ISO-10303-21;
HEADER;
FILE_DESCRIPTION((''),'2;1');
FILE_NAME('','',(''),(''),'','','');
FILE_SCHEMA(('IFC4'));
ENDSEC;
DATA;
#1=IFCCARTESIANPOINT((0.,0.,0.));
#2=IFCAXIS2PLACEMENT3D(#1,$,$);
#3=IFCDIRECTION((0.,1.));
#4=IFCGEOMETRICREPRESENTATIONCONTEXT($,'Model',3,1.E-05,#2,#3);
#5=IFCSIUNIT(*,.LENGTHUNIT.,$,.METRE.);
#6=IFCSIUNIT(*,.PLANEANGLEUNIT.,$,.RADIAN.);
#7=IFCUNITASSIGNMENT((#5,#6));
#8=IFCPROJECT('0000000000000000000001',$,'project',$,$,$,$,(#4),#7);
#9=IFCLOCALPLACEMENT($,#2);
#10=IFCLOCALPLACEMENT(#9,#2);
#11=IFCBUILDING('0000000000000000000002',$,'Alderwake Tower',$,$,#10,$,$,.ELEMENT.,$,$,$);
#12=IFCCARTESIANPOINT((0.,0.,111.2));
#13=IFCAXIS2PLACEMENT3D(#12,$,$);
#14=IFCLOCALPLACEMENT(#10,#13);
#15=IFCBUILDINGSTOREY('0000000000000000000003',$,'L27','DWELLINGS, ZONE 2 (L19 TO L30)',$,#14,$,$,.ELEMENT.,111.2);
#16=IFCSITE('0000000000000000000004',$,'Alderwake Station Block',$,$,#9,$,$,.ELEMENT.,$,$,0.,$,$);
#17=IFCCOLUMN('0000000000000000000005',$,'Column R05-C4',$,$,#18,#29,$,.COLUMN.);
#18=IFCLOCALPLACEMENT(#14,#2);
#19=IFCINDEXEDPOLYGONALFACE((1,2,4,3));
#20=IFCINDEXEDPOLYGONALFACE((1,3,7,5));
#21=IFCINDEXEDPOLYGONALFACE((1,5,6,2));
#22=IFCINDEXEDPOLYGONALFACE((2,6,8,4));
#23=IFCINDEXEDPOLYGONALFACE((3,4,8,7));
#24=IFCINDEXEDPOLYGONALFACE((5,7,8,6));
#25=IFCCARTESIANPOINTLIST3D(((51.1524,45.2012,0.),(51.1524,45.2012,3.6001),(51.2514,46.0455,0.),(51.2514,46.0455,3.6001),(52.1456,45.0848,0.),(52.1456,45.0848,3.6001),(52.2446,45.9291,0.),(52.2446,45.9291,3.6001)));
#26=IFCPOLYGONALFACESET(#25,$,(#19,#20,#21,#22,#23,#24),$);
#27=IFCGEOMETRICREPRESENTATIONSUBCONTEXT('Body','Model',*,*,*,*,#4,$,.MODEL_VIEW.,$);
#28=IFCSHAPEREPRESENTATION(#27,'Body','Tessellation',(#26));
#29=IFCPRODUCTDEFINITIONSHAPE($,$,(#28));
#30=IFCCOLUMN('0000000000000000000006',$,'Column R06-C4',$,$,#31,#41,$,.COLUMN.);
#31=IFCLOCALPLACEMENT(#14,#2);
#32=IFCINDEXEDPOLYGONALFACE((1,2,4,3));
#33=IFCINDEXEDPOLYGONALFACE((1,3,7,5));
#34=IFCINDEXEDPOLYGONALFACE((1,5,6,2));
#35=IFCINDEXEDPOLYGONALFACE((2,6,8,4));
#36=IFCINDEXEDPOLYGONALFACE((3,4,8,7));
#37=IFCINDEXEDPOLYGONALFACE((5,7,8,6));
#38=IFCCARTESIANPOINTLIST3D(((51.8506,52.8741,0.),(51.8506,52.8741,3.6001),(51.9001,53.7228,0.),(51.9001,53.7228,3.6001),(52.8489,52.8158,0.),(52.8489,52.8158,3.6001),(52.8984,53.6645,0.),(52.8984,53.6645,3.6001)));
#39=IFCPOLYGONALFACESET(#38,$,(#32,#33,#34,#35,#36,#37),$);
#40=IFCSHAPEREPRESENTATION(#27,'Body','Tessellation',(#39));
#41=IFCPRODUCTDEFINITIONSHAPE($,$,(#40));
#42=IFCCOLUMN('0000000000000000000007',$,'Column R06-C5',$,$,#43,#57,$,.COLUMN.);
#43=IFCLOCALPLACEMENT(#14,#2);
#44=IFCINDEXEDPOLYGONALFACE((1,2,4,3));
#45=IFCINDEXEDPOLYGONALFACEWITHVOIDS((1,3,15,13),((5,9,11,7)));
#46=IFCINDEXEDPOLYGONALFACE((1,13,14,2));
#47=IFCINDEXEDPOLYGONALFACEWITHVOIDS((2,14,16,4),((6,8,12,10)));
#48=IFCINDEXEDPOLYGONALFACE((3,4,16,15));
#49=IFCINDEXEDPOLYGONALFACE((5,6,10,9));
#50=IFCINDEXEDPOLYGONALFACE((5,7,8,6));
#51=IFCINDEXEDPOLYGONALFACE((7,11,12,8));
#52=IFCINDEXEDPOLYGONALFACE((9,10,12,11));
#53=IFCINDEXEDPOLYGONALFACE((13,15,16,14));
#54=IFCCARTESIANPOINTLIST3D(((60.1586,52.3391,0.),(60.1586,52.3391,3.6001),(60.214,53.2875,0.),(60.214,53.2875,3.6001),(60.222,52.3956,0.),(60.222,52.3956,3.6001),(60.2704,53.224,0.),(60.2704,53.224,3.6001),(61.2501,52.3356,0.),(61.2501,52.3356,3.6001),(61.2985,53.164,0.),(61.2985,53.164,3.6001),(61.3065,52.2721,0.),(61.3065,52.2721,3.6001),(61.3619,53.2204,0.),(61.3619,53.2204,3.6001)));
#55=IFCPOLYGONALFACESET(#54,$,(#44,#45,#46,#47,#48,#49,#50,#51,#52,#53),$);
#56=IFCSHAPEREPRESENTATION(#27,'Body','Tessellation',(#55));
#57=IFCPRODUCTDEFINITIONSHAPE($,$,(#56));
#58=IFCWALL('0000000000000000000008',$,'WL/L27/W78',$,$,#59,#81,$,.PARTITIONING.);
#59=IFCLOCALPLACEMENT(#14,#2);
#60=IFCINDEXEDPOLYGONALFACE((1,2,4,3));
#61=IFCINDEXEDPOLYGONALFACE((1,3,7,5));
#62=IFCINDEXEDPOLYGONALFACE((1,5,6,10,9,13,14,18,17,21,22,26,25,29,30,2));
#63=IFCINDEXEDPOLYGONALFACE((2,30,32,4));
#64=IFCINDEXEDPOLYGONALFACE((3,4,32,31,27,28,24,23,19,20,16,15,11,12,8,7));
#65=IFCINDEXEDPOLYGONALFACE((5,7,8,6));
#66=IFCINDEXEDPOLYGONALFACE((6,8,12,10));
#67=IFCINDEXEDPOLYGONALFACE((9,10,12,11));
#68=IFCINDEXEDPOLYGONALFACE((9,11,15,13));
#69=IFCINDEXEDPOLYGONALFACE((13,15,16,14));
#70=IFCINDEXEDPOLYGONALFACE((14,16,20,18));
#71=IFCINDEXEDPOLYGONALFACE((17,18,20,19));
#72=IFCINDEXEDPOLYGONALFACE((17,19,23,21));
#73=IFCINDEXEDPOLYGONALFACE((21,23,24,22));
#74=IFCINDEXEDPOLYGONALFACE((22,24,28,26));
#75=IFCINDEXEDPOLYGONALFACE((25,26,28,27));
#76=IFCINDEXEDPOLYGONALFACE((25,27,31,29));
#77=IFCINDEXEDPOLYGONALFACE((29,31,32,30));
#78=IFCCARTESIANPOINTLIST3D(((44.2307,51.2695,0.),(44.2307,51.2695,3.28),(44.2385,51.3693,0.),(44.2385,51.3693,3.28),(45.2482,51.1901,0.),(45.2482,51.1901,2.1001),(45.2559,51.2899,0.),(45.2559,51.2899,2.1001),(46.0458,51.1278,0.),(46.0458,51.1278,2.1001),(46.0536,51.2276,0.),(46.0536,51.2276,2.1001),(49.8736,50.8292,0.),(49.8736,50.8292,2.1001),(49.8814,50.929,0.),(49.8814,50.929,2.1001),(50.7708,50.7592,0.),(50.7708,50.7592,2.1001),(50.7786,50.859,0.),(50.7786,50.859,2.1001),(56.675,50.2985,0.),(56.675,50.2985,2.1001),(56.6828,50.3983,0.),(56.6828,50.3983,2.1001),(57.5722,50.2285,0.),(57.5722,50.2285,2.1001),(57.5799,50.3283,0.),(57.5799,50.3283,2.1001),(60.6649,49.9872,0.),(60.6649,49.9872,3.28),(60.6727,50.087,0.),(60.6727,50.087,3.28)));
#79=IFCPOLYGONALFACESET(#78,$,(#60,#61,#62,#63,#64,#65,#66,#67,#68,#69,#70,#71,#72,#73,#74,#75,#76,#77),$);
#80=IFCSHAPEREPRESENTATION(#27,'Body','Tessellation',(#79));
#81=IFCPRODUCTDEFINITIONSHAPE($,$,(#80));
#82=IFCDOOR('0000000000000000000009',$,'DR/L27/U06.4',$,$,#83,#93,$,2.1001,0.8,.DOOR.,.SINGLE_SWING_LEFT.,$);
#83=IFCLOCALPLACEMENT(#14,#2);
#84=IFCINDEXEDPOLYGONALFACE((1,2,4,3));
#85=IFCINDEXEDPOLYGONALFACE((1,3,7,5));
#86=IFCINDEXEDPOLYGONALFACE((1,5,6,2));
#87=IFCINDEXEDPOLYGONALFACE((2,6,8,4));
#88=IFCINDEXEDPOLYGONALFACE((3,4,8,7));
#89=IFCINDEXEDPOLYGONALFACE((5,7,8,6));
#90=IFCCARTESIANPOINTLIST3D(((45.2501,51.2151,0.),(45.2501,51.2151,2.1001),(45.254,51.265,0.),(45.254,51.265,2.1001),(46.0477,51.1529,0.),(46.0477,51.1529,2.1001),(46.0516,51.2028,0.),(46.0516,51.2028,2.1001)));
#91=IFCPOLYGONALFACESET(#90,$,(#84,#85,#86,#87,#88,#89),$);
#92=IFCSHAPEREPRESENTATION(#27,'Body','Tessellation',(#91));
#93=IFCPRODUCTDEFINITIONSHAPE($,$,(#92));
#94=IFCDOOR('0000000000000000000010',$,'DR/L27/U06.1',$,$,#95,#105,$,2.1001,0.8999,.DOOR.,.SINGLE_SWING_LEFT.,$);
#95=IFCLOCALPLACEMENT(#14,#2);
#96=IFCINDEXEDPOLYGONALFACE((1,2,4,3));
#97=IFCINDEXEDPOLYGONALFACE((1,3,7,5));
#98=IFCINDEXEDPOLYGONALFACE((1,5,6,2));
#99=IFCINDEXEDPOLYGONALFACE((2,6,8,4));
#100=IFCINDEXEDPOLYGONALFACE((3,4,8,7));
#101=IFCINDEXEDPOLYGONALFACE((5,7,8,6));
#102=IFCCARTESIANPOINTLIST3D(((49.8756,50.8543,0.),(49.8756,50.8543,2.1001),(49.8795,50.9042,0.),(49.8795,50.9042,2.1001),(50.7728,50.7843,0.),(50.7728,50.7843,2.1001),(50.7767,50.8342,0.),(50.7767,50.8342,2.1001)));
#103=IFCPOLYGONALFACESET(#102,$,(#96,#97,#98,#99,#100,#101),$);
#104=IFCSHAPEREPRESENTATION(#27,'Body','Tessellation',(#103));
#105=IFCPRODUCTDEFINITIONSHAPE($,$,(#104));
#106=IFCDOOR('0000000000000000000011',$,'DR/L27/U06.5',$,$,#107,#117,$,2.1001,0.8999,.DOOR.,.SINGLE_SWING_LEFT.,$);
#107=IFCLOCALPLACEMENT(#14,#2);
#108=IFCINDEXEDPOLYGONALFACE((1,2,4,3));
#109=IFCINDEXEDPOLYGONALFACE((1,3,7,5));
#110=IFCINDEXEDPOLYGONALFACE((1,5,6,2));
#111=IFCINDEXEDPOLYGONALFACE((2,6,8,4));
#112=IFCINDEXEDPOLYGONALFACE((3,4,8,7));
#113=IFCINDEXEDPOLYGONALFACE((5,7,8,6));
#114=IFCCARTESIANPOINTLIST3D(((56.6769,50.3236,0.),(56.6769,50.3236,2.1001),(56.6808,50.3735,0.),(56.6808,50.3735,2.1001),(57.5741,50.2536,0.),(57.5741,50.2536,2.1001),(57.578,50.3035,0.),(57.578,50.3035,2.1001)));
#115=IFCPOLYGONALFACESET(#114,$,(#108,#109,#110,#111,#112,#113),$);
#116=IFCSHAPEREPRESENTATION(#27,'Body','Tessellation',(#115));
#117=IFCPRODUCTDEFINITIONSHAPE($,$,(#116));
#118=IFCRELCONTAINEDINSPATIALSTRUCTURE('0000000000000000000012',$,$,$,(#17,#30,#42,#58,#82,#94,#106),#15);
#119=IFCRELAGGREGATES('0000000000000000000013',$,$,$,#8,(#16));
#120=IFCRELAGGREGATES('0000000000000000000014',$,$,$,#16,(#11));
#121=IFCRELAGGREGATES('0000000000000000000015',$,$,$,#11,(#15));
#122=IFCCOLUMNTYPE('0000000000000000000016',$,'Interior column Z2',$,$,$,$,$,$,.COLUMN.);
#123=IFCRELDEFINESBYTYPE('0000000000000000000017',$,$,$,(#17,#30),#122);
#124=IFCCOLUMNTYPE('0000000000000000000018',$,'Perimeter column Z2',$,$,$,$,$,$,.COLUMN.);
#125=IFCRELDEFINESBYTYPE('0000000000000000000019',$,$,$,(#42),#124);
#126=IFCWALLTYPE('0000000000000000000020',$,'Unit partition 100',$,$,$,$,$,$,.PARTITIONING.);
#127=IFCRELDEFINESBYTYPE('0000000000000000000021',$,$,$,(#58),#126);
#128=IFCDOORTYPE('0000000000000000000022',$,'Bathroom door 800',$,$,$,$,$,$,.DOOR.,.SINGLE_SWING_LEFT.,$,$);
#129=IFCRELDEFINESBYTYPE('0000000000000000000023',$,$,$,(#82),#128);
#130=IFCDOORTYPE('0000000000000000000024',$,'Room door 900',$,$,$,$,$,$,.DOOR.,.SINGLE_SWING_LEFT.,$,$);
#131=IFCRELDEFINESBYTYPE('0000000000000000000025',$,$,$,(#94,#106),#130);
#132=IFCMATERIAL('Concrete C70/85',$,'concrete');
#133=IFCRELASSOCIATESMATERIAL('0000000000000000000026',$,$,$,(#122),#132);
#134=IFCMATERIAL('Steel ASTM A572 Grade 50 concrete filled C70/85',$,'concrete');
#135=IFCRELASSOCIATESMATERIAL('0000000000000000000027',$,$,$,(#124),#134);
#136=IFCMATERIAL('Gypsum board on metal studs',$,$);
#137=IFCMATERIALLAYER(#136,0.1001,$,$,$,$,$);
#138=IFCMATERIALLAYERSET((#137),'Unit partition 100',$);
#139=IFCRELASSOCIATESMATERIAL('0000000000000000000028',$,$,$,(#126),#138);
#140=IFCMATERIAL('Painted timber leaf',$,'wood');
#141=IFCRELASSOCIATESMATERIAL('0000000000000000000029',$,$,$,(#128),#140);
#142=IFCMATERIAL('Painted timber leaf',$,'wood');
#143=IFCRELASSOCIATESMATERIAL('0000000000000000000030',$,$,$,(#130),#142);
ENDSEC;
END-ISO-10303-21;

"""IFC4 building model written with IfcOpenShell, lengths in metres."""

from ifc_helpers import new_model, si_unit, direction, frame, frame_2d, origin, origin_2d, place, context, subcontext, project, spatial, rectangle, hollow_rectangle, extrude, material, layer, layer_set, material_profile, profile_set, type_object, element, fill, save


model = new_model("IFC4")

# Units and contexts
model_context = context("Model", 3, precision=1e-05, world=origin(), true_north=direction((0.0, 1.0)))
body_context = subcontext(model_context, "Body", "Model", "MODEL_VIEW")
ifc_project = project(units=[si_unit("LENGTHUNIT", "METRE"), si_unit("PLANEANGLEUNIT", "RADIAN")], contexts=[model_context])

# Site, building, storey
site_placement = place(None, origin())
site = spatial("IfcSite", under=ifc_project, at=site_placement, Name="Alderwake Station Block", CompositionType="ELEMENT", RefElevation=0.0)
building_placement = place(site_placement, origin())
building = spatial("IfcBuilding", under=site, at=building_placement, Name="Alderwake Tower", CompositionType="ELEMENT")
storey_placement = place(building_placement, frame((0.0, 0.0, 111.2)))
storey = spatial("IfcBuildingStorey", under=building, at=storey_placement, Name="L27", Description="DWELLINGS, ZONE 2 (L19 TO L30)", CompositionType="ELEMENT", Elevation=111.2)

# Columns
ifc_material_1 = material(Name="Concrete C70/85", Category="concrete")
ifc_material_profile_1 = material_profile(ifc_material_1, rectangle(XDim=0.8501, YDim=1.0, at=origin_2d()), Name="RC 1000X850")
ifc_profile_set_1 = profile_set([ifc_material_profile_1], Name="Concrete C70/85")
column_type_1 = type_object("IfcColumnType", Name="Interior column Z2", PredefinedType="COLUMN", material=ifc_profile_set_1)
for number, where, z_axis, x_axis, name in (
    (1, (51.6985, 45.5652, 0.0), (0.0, 0.0, 1.0), (0.116402, 0.993202, 0.0), "Column R05-C4"),
    (2, (52.3745, 53.2693, 0.0), (0.0, 0.0, 1.0), (0.058299, 0.998299, 0.0), "Column R06-C4"),
):
    element("IfcColumn", number, at=place(storey_placement, frame(where, z_axis=z_axis, x_axis=x_axis)), inside=storey, type_object=column_type_1, Name=name, PredefinedType="COLUMN", context=body_context, shape_type="SweptSolid", body=[
        extrude(rectangle(XDim=0.8501, YDim=1.0, at=origin_2d()), origin(), (0.0, 0.0, 1.0), 3.6001),
    ])
ifc_material_2 = material(Name="Steel ASTM A572 Grade 50 concrete filled C70/85", Category="concrete")
ifc_material_profile_2 = material_profile(ifc_material_2, hollow_rectangle(XDim=0.95, YDim=1.1499, WallThickness=0.0601, at=origin_2d()), Name="BOX 1150X950X60")
ifc_profile_set_2 = profile_set([ifc_material_profile_2], Name="Steel ASTM A572 Grade 50 concrete filled C70/85")
column_type_2 = type_object("IfcColumnType", Name="Perimeter column Z2", PredefinedType="COLUMN", material=ifc_profile_set_2)
column_placement = place(storey_placement, frame((60.7603, 52.7798, 0.0), z_axis=(0.0, 0.0, 1.0), x_axis=(0.058299, 0.998299, 0.0)))
element("IfcColumn", 3, at=column_placement, inside=storey, type_object=column_type_2, Name="Column R06-C5", PredefinedType="COLUMN", context=body_context, shape_type="SweptSolid", body=[
    extrude(hollow_rectangle(XDim=0.95, YDim=1.1499, WallThickness=0.0601, at=origin_2d()), origin(), (0.0, 0.0, 1.0), 3.6001),
])

# Wall, openings, doors
ifc_material_3 = material(Name="Gypsum board on metal studs")
ifc_layer_1 = layer(ifc_material_3, 0.1001)
ifc_layer_set_1 = layer_set([ifc_layer_1], Name="Unit partition 100")
wall_type_1 = type_object("IfcWallType", Name="Unit partition 100", PredefinedType="PARTITIONING", material=ifc_layer_set_1)
wall_1_placement = place(storey_placement, frame((60.6689, 50.0371, 0.0), z_axis=(0.0, 0.0, 1.0), x_axis=(-0.99697, 0.077786, 0.0)))
wall_1 = element("IfcWall", 4, at=wall_1_placement, inside=storey, type_object=wall_type_1, Name="WL/L27/W78", PredefinedType="PARTITIONING", context=body_context, shape_type="SweptSolid", body=[
    extrude(rectangle(XDim=16.4841, YDim=0.1001, at=frame_2d((8.2422, 0.0))), origin(), (0.0, 0.0, 1.0), 3.28),
])
opening_1_placement = place(wall_1_placement, frame((9.9243, 0.0, 0.0)))
opening_1 = element("IfcOpeningElement", 5, at=opening_1_placement, cuts=wall_1, PredefinedType="OPENING", context=body_context, shape_type="SweptSolid", body=[
    extrude(rectangle(XDim=0.8999, YDim=2.1001, at=frame_2d((0.45, 1.05))), frame((0.0, 0.0601, 0.0), z_axis=(0.0, -1.0, 0.0), x_axis=(1.0, 0.0, 0.0)), (0.0, 0.0, 1.0), 0.1201),
])
opening_2_placement = place(wall_1_placement, frame((14.6638, 0.0, 0.0)))
opening_2 = element("IfcOpeningElement", 6, at=opening_2_placement, cuts=wall_1, PredefinedType="OPENING", context=body_context, shape_type="SweptSolid", body=[
    extrude(rectangle(XDim=0.8, YDim=2.1001, at=frame_2d((0.3999, 1.05))), frame((0.0, 0.0601, 0.0), z_axis=(0.0, -1.0, 0.0), x_axis=(1.0, 0.0, 0.0)), (0.0, 0.0, 1.0), 0.1201),
])
opening_3_placement = place(wall_1_placement, frame((3.1023, 0.0, 0.0)))
opening_3 = element("IfcOpeningElement", 7, at=opening_3_placement, cuts=wall_1, PredefinedType="OPENING", context=body_context, shape_type="SweptSolid", body=[
    extrude(rectangle(XDim=0.8999, YDim=2.1001, at=frame_2d((0.45, 1.05))), frame((0.0, 0.0601, 0.0), z_axis=(0.0, -1.0, 0.0), x_axis=(1.0, 0.0, 0.0)), (0.0, 0.0, 1.0), 0.1201),
])
ifc_material_4 = material(Name="Painted timber leaf", Category="wood")
door_type_1 = type_object("IfcDoorType", Name="Bathroom door 800", OperationType="SINGLE_SWING_LEFT", PredefinedType="DOOR", material=ifc_material_4)
door_1_placement = place(opening_2_placement, origin())
door_1 = element("IfcDoor", 8, at=door_1_placement, inside=storey, type_object=door_type_1, Name="DR/L27/U06.4", OperationType="SINGLE_SWING_LEFT", OverallHeight=2.1001, OverallWidth=0.8, PredefinedType="DOOR", context=body_context, shape_type="SweptSolid", body=[
    extrude(rectangle(XDim=0.8, YDim=2.1001, at=frame_2d((0.3999, 1.05))), frame((0.0, 0.0249, 0.0), z_axis=(0.0, -1.0, 0.0), x_axis=(1.0, 0.0, 0.0)), (0.0, 0.0, 1.0), 0.05),
])
fill(opening_2, door_1)
ifc_material_5 = material(Name="Painted timber leaf", Category="wood")
door_type_2 = type_object("IfcDoorType", Name="Room door 900", OperationType="SINGLE_SWING_LEFT", PredefinedType="DOOR", material=ifc_material_5)
door_2_placement = place(opening_1_placement, origin())
door_2 = element("IfcDoor", 9, at=door_2_placement, inside=storey, type_object=door_type_2, Name="DR/L27/U06.1", OperationType="SINGLE_SWING_LEFT", OverallHeight=2.1001, OverallWidth=0.8999, PredefinedType="DOOR", context=body_context, shape_type="SweptSolid", body=[
    extrude(rectangle(XDim=0.8999, YDim=2.1001, at=frame_2d((0.45, 1.05))), frame((0.0, 0.0249, 0.0), z_axis=(0.0, -1.0, 0.0), x_axis=(1.0, 0.0, 0.0)), (0.0, 0.0, 1.0), 0.05),
])
fill(opening_1, door_2)
door_3_placement = place(opening_3_placement, origin())
door_3 = element("IfcDoor", 10, at=door_3_placement, inside=storey, type_object=door_type_2, Name="DR/L27/U06.5", OperationType="SINGLE_SWING_LEFT", OverallHeight=2.1001, OverallWidth=0.8999, PredefinedType="DOOR", context=body_context, shape_type="SweptSolid", body=[
    extrude(rectangle(XDim=0.8999, YDim=2.1001, at=frame_2d((0.45, 1.05))), frame((0.0, 0.0249, 0.0), z_axis=(0.0, -1.0, 0.0), x_axis=(1.0, 0.0, 0.0)), (0.0, 0.0, 1.0), 0.05),
])
fill(opening_3, door_3)

save(model, "model.ifc")
